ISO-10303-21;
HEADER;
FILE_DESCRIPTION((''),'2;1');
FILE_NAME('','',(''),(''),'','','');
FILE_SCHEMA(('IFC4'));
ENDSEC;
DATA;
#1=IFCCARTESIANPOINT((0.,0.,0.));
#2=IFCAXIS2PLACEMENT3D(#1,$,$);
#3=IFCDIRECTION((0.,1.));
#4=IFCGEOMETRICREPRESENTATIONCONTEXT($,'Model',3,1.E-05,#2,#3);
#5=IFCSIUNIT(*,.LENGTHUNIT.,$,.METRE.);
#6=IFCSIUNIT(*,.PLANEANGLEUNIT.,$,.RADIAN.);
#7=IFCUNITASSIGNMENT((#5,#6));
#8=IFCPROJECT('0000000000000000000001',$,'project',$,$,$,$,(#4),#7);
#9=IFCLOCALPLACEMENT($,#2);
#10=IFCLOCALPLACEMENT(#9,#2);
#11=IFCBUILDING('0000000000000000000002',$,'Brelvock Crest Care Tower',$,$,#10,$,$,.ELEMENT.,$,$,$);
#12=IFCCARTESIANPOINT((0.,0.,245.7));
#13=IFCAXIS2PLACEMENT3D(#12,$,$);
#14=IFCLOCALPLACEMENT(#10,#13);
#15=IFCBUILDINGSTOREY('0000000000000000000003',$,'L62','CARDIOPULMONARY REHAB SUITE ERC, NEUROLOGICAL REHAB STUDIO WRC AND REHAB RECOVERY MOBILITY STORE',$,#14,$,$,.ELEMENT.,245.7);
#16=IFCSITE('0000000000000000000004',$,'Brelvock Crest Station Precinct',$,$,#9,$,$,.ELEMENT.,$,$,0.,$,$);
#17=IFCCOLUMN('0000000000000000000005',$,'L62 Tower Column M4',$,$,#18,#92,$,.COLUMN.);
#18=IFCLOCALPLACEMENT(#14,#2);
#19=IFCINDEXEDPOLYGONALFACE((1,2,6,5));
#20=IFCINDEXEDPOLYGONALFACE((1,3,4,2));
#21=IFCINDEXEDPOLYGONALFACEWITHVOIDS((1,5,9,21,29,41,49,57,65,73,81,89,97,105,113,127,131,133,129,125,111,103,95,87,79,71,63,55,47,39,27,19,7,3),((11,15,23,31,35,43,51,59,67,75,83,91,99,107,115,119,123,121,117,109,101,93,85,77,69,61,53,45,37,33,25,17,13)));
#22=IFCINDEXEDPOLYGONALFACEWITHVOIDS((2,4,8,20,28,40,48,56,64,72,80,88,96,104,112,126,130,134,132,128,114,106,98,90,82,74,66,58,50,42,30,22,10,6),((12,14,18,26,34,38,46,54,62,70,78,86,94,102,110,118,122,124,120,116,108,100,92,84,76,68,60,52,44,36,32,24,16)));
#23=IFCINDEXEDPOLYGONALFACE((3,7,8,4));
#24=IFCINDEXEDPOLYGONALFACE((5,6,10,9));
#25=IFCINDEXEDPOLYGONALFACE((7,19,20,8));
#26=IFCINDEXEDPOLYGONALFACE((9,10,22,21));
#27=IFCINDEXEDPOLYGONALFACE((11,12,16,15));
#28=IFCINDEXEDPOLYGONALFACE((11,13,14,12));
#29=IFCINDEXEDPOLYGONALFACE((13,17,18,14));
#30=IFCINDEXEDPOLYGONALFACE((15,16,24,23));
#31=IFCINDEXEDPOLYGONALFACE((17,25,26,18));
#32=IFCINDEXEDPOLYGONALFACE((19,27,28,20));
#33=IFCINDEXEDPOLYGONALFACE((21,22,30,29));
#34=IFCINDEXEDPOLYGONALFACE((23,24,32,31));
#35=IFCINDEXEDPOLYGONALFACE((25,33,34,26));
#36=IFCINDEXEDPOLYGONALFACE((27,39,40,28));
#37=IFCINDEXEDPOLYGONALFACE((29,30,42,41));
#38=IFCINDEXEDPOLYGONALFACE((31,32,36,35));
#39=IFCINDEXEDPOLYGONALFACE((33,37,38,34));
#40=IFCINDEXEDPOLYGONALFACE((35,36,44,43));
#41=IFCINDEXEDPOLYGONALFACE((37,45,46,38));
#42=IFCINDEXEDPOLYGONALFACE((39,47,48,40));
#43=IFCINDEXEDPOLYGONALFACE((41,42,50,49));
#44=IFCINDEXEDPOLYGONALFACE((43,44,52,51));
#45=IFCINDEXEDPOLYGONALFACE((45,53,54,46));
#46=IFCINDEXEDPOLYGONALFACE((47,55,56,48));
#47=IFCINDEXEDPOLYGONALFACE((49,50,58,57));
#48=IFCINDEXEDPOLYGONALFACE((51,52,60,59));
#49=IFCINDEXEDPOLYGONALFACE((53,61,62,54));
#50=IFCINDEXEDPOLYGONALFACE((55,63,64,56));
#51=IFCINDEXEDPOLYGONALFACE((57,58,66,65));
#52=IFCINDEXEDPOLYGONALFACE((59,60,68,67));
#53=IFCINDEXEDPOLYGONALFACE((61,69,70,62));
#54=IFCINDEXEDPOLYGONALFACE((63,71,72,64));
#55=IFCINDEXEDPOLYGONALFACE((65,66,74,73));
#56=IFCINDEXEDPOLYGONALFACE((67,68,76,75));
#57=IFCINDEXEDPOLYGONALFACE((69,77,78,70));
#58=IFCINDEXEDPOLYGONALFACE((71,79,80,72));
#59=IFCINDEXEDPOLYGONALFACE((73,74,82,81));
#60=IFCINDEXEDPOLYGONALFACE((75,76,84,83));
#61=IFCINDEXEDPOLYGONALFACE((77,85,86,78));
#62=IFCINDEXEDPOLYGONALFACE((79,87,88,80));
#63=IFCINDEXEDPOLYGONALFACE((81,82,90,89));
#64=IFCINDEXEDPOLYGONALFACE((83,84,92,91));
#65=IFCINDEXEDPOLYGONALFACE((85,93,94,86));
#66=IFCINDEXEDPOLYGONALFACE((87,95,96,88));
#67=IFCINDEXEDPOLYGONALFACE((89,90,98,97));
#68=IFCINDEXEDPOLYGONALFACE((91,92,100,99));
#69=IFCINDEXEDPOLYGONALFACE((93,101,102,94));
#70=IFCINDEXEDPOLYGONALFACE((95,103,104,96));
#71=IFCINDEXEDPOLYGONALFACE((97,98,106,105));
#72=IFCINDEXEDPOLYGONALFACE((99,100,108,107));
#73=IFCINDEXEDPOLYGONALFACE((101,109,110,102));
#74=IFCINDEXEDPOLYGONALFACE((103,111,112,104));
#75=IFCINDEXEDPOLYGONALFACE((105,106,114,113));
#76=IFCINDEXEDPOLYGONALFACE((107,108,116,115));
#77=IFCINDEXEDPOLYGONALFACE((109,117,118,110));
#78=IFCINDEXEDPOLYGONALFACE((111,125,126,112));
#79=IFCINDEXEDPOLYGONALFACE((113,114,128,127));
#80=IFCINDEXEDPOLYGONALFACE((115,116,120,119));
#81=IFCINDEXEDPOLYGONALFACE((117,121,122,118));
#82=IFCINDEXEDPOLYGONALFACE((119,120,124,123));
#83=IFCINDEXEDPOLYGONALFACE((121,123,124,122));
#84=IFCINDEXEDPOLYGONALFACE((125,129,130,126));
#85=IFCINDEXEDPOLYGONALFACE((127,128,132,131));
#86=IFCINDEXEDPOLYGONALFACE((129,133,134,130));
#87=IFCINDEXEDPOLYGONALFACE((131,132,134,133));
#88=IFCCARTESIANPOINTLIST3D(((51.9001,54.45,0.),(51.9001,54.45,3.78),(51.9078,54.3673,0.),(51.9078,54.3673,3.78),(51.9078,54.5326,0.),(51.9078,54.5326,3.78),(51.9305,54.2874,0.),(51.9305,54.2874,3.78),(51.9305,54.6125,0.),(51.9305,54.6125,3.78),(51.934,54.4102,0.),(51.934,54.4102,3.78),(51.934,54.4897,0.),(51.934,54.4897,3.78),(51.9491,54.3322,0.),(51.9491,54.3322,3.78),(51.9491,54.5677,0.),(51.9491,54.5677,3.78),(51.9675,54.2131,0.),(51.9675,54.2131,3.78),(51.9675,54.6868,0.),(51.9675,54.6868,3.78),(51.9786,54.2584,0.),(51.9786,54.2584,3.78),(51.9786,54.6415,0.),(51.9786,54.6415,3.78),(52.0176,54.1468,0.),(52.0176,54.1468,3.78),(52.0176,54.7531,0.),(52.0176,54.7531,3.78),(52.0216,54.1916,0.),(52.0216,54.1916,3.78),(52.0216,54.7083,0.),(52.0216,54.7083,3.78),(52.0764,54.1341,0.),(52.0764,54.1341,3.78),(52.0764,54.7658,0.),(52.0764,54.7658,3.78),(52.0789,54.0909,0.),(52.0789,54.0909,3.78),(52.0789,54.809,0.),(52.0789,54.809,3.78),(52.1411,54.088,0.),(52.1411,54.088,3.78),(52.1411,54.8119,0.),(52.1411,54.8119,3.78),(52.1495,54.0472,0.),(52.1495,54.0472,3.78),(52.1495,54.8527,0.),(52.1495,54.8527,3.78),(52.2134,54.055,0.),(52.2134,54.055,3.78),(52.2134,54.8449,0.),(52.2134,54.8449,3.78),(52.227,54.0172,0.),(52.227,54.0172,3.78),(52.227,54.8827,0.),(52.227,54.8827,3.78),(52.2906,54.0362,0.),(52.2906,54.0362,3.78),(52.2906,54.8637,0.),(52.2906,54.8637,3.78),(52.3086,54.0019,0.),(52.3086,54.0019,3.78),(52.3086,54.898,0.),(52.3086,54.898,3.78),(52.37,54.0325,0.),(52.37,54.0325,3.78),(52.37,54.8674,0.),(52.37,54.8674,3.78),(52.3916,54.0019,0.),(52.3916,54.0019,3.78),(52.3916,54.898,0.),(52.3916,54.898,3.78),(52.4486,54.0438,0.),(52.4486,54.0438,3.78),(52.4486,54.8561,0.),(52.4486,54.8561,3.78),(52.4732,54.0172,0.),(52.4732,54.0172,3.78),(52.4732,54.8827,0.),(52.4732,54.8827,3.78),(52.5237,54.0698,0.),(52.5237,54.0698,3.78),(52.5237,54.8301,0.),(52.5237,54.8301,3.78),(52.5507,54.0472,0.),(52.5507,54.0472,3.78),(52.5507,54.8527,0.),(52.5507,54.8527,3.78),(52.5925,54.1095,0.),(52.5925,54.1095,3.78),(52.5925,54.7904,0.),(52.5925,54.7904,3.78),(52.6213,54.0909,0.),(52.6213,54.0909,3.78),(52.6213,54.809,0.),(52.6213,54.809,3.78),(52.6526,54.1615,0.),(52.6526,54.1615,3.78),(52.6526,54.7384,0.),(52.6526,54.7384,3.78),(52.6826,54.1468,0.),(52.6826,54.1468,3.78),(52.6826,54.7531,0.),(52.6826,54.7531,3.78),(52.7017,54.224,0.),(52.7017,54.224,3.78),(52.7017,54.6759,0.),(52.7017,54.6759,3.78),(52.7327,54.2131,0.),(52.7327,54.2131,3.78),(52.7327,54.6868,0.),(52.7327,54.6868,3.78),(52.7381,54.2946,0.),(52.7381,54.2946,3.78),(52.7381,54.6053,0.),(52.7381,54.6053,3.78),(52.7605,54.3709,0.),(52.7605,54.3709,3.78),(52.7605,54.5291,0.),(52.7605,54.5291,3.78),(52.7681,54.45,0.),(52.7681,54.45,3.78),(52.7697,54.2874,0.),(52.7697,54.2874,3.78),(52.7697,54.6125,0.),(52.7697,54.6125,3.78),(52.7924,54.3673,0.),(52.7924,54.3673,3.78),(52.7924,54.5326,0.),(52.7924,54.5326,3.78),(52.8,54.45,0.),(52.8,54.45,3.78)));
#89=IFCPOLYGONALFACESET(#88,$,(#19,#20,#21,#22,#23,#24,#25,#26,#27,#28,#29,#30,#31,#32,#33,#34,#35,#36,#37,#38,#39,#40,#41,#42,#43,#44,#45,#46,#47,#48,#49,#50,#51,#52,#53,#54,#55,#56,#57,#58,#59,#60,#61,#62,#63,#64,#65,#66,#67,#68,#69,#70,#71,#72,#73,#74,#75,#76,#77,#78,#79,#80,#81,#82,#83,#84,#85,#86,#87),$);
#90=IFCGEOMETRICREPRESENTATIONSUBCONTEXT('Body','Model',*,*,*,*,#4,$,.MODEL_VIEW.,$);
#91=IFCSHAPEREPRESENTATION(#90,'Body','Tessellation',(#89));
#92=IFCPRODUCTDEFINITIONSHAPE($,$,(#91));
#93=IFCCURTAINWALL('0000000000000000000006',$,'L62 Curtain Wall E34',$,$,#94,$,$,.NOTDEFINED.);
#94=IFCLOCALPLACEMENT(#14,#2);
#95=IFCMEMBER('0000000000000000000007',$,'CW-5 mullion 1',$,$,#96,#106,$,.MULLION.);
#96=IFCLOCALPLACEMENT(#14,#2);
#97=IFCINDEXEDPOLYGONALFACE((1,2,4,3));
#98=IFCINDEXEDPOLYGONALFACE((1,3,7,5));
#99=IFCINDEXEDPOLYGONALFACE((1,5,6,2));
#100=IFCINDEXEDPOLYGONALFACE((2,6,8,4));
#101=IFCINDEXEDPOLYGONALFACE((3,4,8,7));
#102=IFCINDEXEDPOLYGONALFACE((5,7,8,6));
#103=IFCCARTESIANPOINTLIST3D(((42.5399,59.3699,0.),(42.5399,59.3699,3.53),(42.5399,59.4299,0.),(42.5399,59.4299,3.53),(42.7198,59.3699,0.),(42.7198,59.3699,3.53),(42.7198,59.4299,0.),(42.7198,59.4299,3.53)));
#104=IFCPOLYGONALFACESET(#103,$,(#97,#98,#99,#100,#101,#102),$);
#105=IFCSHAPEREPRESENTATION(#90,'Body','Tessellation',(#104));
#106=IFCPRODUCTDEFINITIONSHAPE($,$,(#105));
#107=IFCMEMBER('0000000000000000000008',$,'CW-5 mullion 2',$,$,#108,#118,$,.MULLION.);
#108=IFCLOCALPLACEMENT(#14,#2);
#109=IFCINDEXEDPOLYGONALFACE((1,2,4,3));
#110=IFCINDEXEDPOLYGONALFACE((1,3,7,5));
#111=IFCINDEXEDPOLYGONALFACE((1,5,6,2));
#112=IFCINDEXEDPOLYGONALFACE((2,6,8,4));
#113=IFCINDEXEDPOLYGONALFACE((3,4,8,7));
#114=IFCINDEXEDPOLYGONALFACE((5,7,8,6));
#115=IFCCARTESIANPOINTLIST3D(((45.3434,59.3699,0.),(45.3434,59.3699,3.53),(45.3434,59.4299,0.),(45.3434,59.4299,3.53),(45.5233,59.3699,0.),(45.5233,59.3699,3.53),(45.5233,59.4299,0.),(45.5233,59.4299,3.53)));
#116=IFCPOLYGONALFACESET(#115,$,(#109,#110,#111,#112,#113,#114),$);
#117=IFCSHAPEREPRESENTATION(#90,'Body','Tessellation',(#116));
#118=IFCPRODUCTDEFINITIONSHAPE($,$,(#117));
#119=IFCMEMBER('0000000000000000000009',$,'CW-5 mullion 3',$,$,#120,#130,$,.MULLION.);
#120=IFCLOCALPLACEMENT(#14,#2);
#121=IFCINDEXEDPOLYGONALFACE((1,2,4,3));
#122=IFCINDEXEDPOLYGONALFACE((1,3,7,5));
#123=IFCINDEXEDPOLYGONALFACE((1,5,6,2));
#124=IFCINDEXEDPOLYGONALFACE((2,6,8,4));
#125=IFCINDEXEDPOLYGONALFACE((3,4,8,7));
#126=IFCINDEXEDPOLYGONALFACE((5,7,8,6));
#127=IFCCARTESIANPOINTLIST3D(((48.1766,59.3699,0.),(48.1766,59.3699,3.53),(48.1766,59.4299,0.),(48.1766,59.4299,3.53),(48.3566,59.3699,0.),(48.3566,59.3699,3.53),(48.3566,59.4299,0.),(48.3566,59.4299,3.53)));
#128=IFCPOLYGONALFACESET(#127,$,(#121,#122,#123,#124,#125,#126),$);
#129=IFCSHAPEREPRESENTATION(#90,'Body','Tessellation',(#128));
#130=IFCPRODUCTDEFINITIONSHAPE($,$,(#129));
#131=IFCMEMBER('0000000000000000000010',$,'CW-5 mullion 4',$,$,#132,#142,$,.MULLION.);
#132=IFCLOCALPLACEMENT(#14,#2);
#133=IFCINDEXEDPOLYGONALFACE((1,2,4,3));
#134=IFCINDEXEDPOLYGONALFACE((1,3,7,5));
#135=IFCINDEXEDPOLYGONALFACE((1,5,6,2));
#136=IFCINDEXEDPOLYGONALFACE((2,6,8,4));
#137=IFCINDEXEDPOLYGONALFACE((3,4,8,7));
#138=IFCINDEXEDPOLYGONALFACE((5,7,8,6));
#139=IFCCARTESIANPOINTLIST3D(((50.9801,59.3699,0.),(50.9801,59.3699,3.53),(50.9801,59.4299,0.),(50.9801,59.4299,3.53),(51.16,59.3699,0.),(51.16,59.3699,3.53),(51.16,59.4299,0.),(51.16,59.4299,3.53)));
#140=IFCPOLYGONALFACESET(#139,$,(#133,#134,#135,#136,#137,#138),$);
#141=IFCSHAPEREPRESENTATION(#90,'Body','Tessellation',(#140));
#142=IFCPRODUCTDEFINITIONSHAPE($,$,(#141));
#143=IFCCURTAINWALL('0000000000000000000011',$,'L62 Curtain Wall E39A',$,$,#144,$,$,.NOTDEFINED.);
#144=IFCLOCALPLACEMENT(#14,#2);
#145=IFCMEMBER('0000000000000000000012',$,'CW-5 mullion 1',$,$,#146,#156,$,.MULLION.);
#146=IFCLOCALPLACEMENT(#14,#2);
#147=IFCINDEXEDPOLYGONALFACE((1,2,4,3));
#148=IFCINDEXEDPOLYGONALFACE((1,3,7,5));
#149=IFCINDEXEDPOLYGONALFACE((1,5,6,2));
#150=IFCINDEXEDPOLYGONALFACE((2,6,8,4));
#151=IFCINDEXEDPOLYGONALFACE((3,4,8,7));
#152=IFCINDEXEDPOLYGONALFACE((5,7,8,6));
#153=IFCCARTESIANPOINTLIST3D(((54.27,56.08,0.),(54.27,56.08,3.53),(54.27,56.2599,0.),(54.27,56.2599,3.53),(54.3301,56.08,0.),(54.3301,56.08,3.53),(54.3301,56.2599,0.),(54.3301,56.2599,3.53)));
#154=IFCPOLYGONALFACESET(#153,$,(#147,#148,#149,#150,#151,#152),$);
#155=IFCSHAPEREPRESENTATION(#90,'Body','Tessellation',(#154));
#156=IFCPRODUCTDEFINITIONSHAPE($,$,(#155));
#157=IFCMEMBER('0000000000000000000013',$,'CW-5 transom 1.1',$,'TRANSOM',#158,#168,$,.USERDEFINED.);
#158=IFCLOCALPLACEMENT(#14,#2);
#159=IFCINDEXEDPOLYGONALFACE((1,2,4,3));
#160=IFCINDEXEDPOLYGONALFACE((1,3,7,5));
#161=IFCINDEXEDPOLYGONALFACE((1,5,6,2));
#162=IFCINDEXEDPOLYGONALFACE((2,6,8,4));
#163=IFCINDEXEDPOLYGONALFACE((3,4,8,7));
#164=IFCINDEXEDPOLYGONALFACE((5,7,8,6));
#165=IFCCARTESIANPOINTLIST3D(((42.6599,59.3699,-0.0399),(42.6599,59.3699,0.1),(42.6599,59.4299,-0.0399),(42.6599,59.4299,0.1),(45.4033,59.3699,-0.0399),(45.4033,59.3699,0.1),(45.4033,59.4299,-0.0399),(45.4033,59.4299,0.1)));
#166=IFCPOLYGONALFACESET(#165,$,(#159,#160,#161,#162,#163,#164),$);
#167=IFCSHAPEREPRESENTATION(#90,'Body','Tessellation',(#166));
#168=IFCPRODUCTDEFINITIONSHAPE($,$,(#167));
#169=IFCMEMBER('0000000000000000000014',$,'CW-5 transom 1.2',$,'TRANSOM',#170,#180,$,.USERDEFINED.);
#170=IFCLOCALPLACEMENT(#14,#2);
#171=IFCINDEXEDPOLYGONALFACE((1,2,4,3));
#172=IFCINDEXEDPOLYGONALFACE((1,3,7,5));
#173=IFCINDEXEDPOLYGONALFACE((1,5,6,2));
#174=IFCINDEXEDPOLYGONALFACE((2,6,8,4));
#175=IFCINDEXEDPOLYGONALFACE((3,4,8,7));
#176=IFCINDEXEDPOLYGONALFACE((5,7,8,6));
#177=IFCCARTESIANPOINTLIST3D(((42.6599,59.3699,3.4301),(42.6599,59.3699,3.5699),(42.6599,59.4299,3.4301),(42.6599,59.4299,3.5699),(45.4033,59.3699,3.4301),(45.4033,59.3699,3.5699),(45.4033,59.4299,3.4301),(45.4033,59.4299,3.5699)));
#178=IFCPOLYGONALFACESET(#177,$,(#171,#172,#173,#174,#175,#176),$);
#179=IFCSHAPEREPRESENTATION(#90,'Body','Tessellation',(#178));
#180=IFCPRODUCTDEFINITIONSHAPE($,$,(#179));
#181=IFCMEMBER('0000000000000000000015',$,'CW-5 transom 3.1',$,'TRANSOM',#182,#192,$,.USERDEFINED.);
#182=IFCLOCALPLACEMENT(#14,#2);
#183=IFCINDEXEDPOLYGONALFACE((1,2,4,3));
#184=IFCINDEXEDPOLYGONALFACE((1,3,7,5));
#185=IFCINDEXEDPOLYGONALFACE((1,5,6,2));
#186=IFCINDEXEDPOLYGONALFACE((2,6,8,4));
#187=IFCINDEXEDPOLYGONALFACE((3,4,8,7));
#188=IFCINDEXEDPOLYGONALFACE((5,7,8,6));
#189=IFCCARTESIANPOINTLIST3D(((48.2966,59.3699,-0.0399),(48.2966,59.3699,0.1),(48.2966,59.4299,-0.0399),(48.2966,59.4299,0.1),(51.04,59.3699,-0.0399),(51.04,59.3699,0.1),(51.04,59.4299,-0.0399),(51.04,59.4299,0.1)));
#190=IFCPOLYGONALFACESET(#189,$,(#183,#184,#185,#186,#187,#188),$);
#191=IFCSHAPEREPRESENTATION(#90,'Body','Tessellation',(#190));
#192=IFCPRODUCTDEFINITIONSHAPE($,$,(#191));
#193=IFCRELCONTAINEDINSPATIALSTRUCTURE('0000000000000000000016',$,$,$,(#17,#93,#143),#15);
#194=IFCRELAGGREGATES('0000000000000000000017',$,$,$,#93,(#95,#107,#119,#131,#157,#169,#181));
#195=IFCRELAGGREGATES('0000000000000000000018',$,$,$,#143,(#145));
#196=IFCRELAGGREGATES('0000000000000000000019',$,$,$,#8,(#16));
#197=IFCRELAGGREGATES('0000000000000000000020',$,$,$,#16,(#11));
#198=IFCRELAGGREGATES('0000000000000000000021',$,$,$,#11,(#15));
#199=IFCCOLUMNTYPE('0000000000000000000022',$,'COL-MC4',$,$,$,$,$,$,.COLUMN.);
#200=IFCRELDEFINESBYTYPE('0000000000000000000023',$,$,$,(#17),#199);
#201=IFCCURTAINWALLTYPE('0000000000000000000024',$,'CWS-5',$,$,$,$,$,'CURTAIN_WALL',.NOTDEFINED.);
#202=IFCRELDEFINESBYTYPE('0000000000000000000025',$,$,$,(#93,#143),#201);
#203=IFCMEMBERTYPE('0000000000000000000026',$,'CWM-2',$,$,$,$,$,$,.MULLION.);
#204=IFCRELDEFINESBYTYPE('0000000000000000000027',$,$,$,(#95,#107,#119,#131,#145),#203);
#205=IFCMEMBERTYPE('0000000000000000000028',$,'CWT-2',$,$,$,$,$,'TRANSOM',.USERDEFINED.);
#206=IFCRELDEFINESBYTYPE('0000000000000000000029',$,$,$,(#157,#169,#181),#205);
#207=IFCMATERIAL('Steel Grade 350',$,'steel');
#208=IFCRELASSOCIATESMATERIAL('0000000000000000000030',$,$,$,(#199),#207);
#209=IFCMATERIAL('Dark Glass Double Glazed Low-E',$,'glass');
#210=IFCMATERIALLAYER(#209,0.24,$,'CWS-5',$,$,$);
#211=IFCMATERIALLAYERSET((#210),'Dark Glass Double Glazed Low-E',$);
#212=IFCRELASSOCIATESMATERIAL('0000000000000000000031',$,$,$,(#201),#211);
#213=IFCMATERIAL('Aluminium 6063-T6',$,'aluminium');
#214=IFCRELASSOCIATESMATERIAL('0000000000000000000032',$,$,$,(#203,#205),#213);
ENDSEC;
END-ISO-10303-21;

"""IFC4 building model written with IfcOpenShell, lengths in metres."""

from ifc_helpers import new_model, si_unit, direction, frame, origin, origin_2d, place, context, subcontext, project, spatial, rectangle, hollow_circle, extrude, source, transform, mapped, material, layer, layer_set, material_profile, profile_set, type_object, element, aggregate, save


model = new_model("IFC4")

# Units and contexts
model_context = context("Model", 3, precision=1e-05, world=origin(), true_north=direction((0.0, 1.0)))
body_context = subcontext(model_context, "Body", "Model", "MODEL_VIEW")
ifc_project = project(units=[si_unit("LENGTHUNIT", "METRE"), si_unit("PLANEANGLEUNIT", "RADIAN")], contexts=[model_context])

# Site, building, storey
site_placement = place(None, origin())
site = spatial("IfcSite", under=ifc_project, at=site_placement, Name="Brelvock Crest Station Precinct", CompositionType="ELEMENT", RefElevation=0.0)
building_placement = place(site_placement, origin())
building = spatial("IfcBuilding", under=site, at=building_placement, Name="Brelvock Crest Care Tower", CompositionType="ELEMENT")
storey_placement = place(building_placement, frame((0.0, 0.0, 245.7)))
storey = spatial("IfcBuildingStorey", under=building, at=storey_placement, Name="L62", Description="CARDIOPULMONARY REHAB SUITE ERC, NEUROLOGICAL REHAB STUDIO WRC AND REHAB RECOVERY MOBILITY STORE", CompositionType="ELEMENT", Elevation=245.7)

# Column
ifc_material_1 = material(Name="Steel Grade 350", Category="steel")
ifc_material_profile_1 = material_profile(ifc_material_1, hollow_circle(Radius=0.45, WallThickness=0.032, at=origin_2d()), Name="CFT900x32")
ifc_profile_set_1 = profile_set([ifc_material_profile_1], Name="Steel Grade 350")
column_type = type_object("IfcColumnType", Name="COL-MC4", PredefinedType="COLUMN", material=ifc_profile_set_1)
shared_shape_1 = source(origin(), body_context, "Body", "SweptSolid", [
    extrude(hollow_circle(Radius=0.45, WallThickness=0.032, at=origin_2d()), origin(), (0.0, 0.0, 1.0), 3.78),
])
column_placement = place(storey_placement, frame((52.3501, 54.45, 0.0), z_axis=(0.0, 0.0, 1.0), x_axis=(1.0, 0.0, 0.0)))
element("IfcColumn", 1, at=column_placement, inside=storey, type_object=column_type, Name="L62 Tower Column M4", PredefinedType="COLUMN", context=body_context, shape_type="MappedRepresentation", body=[
    mapped(shared_shape_1, transform((0.0, 0.0, 0.0), x_axis=(1.0, 0.0, 0.0), y_axis=(0.0, 1.0, 0.0), z_axis=(0.0, 0.0, 1.0), scale=1.0)),
])

# Curtain wall, members
ifc_material_2 = material(Name="Dark Glass Double Glazed Low-E", Category="glass")
ifc_layer_1 = layer(ifc_material_2, 0.24, Name="CWS-5")
ifc_layer_set_1 = layer_set([ifc_layer_1], Name="Dark Glass Double Glazed Low-E")
curtain_wall_type = type_object("IfcCurtainWallType", Name="CWS-5", ElementType="CURTAIN_WALL", PredefinedType="NOTDEFINED", material=ifc_layer_set_1)
curtain_wall_1_placement = place(storey_placement, origin())
curtain_wall_1 = element("IfcCurtainWall", 2, at=curtain_wall_1_placement, inside=storey, type_object=curtain_wall_type, Name="L62 Curtain Wall E34", PredefinedType="NOTDEFINED")
ifc_material_3 = material(Name="Aluminium 6063-T6", Category="aluminium")
ifc_material_profile_2 = material_profile(ifc_material_3, rectangle(XDim=0.0601, YDim=0.1799, at=origin_2d()), Name="ALU60x180")
ifc_profile_set_2 = profile_set([ifc_material_profile_2], Name="Aluminium 6063-T6")
member_type_1 = type_object("IfcMemberType", Name="CWM-2", PredefinedType="MULLION", material=ifc_profile_set_2)
shared_shape_2 = source(origin(), body_context, "Body", "SweptSolid", [
    extrude(rectangle(XDim=0.0601, YDim=0.1799, at=origin_2d()), origin(), (0.0, 0.0, 1.0), 3.53),
])
member_1_placement = place(storey_placement, frame((42.6299, 59.3999, 0.0), z_axis=(0.0, 0.0, 1.0), x_axis=(0.0, 1.0, 0.0)))
member_1 = element("IfcMember", 3, at=member_1_placement, type_object=member_type_1, Name="CW-5 mullion 1", PredefinedType="MULLION", context=body_context, shape_type="MappedRepresentation", body=[
    mapped(shared_shape_2, transform((0.0, 0.0, 0.0), x_axis=(1.0, 0.0, 0.0), y_axis=(0.0, 1.0, 0.0), z_axis=(0.0, 0.0, 1.0), scale=1.0)),
])
member_2_placement = place(storey_placement, frame((45.4333, 59.3999, 0.0), z_axis=(0.0, 0.0, 1.0), x_axis=(0.0, 1.0, 0.0)))
member_2 = element("IfcMember", 4, at=member_2_placement, type_object=member_type_1, Name="CW-5 mullion 2", PredefinedType="MULLION", context=body_context, shape_type="MappedRepresentation", body=[
    mapped(shared_shape_2, transform((0.0, 0.0, 0.0), x_axis=(1.0, 0.0, 0.0), y_axis=(0.0, 1.0, 0.0), z_axis=(0.0, 0.0, 1.0), scale=1.0)),
])
member_3_placement = place(storey_placement, frame((48.2666, 59.3999, 0.0), z_axis=(0.0, 0.0, 1.0), x_axis=(0.0, 1.0, 0.0)))
member_3 = element("IfcMember", 5, at=member_3_placement, type_object=member_type_1, Name="CW-5 mullion 3", PredefinedType="MULLION", context=body_context, shape_type="MappedRepresentation", body=[
    mapped(shared_shape_2, transform((0.0, 0.0, 0.0), x_axis=(1.0, 0.0, 0.0), y_axis=(0.0, 1.0, 0.0), z_axis=(0.0, 0.0, 1.0), scale=1.0)),
])
member_4_placement = place(storey_placement, frame((51.0701, 59.3999, 0.0), z_axis=(0.0, 0.0, 1.0), x_axis=(0.0, 1.0, 0.0)))
member_4 = element("IfcMember", 6, at=member_4_placement, type_object=member_type_1, Name="CW-5 mullion 4", PredefinedType="MULLION", context=body_context, shape_type="MappedRepresentation", body=[
    mapped(shared_shape_2, transform((0.0, 0.0, 0.0), x_axis=(1.0, 0.0, 0.0), y_axis=(0.0, 1.0, 0.0), z_axis=(0.0, 0.0, 1.0), scale=1.0)),
])

# Curtain wall, member
curtain_wall_2_placement = place(storey_placement, origin())
curtain_wall_2 = element("IfcCurtainWall", 7, at=curtain_wall_2_placement, inside=storey, type_object=curtain_wall_type, Name="L62 Curtain Wall E39A", PredefinedType="NOTDEFINED")
member_5_placement = place(storey_placement, frame((54.3, 56.1699, 0.0), z_axis=(0.0, 0.0, 1.0), x_axis=(1.0, 0.0, 0.0)))
member_5 = element("IfcMember", 8, at=member_5_placement, type_object=member_type_1, Name="CW-5 mullion 1", PredefinedType="MULLION", context=body_context, shape_type="MappedRepresentation", body=[
    mapped(shared_shape_2, transform((0.0, 0.0, 0.0), x_axis=(1.0, 0.0, 0.0), y_axis=(0.0, 1.0, 0.0), z_axis=(0.0, 0.0, 1.0), scale=1.0)),
])

# Members
ifc_material_profile_3 = material_profile(ifc_material_3, rectangle(XDim=0.0601, YDim=0.1399, at=origin_2d()), Name="ALU60x140")
ifc_profile_set_3 = profile_set([ifc_material_profile_3], Name="Aluminium 6063-T6")
member_type_2 = type_object("IfcMemberType", Name="CWT-2", ElementType="TRANSOM", PredefinedType="USERDEFINED", material=ifc_profile_set_3)
shared_shape_3 = source(origin(), body_context, "Body", "SweptSolid", [
    extrude(rectangle(XDim=0.0601, YDim=0.1399, at=origin_2d()), origin(), (0.0, 0.0, 1.0), 2.7434),
])
member_6_placement = place(storey_placement, frame((42.6599, 59.3999, 0.03), z_axis=(1.0, 0.0, 0.0), x_axis=(0.0, 1.0, 0.0)))
member_6 = element("IfcMember", 9, at=member_6_placement, type_object=member_type_2, Name="CW-5 transom 1.1", ObjectType="TRANSOM", PredefinedType="USERDEFINED", context=body_context, shape_type="MappedRepresentation", body=[
    mapped(shared_shape_3, transform((0.0, 0.0, 0.0), x_axis=(1.0, 0.0, 0.0), y_axis=(0.0, 1.0, 0.0), z_axis=(0.0, 0.0, 1.0), scale=1.0)),
])
member_7_placement = place(storey_placement, frame((42.6599, 59.3999, 3.5), z_axis=(1.0, 0.0, 0.0), x_axis=(0.0, 1.0, 0.0)))
member_7 = element("IfcMember", 10, at=member_7_placement, type_object=member_type_2, Name="CW-5 transom 1.2", ObjectType="TRANSOM", PredefinedType="USERDEFINED", context=body_context, shape_type="MappedRepresentation", body=[
    mapped(shared_shape_3, transform((0.0, 0.0, 0.0), x_axis=(1.0, 0.0, 0.0), y_axis=(0.0, 1.0, 0.0), z_axis=(0.0, 0.0, 1.0), scale=1.0)),
])
member_8_placement = place(storey_placement, frame((48.2966, 59.3999, 0.03), z_axis=(1.0, 0.0, 0.0), x_axis=(0.0, 1.0, 0.0)))
member_8 = element("IfcMember", 11, at=member_8_placement, type_object=member_type_2, Name="CW-5 transom 3.1", ObjectType="TRANSOM", PredefinedType="USERDEFINED", context=body_context, shape_type="MappedRepresentation", body=[
    mapped(shared_shape_3, transform((0.0, 0.0, 0.0), x_axis=(1.0, 0.0, 0.0), y_axis=(0.0, 1.0, 0.0), z_axis=(0.0, 0.0, 1.0), scale=1.0)),
])

aggregate(curtain_wall_1, [member_1, member_2, member_3, member_4, member_6, member_7, member_8])
aggregate(curtain_wall_2, [member_5])

save(model, "model.ifc")
